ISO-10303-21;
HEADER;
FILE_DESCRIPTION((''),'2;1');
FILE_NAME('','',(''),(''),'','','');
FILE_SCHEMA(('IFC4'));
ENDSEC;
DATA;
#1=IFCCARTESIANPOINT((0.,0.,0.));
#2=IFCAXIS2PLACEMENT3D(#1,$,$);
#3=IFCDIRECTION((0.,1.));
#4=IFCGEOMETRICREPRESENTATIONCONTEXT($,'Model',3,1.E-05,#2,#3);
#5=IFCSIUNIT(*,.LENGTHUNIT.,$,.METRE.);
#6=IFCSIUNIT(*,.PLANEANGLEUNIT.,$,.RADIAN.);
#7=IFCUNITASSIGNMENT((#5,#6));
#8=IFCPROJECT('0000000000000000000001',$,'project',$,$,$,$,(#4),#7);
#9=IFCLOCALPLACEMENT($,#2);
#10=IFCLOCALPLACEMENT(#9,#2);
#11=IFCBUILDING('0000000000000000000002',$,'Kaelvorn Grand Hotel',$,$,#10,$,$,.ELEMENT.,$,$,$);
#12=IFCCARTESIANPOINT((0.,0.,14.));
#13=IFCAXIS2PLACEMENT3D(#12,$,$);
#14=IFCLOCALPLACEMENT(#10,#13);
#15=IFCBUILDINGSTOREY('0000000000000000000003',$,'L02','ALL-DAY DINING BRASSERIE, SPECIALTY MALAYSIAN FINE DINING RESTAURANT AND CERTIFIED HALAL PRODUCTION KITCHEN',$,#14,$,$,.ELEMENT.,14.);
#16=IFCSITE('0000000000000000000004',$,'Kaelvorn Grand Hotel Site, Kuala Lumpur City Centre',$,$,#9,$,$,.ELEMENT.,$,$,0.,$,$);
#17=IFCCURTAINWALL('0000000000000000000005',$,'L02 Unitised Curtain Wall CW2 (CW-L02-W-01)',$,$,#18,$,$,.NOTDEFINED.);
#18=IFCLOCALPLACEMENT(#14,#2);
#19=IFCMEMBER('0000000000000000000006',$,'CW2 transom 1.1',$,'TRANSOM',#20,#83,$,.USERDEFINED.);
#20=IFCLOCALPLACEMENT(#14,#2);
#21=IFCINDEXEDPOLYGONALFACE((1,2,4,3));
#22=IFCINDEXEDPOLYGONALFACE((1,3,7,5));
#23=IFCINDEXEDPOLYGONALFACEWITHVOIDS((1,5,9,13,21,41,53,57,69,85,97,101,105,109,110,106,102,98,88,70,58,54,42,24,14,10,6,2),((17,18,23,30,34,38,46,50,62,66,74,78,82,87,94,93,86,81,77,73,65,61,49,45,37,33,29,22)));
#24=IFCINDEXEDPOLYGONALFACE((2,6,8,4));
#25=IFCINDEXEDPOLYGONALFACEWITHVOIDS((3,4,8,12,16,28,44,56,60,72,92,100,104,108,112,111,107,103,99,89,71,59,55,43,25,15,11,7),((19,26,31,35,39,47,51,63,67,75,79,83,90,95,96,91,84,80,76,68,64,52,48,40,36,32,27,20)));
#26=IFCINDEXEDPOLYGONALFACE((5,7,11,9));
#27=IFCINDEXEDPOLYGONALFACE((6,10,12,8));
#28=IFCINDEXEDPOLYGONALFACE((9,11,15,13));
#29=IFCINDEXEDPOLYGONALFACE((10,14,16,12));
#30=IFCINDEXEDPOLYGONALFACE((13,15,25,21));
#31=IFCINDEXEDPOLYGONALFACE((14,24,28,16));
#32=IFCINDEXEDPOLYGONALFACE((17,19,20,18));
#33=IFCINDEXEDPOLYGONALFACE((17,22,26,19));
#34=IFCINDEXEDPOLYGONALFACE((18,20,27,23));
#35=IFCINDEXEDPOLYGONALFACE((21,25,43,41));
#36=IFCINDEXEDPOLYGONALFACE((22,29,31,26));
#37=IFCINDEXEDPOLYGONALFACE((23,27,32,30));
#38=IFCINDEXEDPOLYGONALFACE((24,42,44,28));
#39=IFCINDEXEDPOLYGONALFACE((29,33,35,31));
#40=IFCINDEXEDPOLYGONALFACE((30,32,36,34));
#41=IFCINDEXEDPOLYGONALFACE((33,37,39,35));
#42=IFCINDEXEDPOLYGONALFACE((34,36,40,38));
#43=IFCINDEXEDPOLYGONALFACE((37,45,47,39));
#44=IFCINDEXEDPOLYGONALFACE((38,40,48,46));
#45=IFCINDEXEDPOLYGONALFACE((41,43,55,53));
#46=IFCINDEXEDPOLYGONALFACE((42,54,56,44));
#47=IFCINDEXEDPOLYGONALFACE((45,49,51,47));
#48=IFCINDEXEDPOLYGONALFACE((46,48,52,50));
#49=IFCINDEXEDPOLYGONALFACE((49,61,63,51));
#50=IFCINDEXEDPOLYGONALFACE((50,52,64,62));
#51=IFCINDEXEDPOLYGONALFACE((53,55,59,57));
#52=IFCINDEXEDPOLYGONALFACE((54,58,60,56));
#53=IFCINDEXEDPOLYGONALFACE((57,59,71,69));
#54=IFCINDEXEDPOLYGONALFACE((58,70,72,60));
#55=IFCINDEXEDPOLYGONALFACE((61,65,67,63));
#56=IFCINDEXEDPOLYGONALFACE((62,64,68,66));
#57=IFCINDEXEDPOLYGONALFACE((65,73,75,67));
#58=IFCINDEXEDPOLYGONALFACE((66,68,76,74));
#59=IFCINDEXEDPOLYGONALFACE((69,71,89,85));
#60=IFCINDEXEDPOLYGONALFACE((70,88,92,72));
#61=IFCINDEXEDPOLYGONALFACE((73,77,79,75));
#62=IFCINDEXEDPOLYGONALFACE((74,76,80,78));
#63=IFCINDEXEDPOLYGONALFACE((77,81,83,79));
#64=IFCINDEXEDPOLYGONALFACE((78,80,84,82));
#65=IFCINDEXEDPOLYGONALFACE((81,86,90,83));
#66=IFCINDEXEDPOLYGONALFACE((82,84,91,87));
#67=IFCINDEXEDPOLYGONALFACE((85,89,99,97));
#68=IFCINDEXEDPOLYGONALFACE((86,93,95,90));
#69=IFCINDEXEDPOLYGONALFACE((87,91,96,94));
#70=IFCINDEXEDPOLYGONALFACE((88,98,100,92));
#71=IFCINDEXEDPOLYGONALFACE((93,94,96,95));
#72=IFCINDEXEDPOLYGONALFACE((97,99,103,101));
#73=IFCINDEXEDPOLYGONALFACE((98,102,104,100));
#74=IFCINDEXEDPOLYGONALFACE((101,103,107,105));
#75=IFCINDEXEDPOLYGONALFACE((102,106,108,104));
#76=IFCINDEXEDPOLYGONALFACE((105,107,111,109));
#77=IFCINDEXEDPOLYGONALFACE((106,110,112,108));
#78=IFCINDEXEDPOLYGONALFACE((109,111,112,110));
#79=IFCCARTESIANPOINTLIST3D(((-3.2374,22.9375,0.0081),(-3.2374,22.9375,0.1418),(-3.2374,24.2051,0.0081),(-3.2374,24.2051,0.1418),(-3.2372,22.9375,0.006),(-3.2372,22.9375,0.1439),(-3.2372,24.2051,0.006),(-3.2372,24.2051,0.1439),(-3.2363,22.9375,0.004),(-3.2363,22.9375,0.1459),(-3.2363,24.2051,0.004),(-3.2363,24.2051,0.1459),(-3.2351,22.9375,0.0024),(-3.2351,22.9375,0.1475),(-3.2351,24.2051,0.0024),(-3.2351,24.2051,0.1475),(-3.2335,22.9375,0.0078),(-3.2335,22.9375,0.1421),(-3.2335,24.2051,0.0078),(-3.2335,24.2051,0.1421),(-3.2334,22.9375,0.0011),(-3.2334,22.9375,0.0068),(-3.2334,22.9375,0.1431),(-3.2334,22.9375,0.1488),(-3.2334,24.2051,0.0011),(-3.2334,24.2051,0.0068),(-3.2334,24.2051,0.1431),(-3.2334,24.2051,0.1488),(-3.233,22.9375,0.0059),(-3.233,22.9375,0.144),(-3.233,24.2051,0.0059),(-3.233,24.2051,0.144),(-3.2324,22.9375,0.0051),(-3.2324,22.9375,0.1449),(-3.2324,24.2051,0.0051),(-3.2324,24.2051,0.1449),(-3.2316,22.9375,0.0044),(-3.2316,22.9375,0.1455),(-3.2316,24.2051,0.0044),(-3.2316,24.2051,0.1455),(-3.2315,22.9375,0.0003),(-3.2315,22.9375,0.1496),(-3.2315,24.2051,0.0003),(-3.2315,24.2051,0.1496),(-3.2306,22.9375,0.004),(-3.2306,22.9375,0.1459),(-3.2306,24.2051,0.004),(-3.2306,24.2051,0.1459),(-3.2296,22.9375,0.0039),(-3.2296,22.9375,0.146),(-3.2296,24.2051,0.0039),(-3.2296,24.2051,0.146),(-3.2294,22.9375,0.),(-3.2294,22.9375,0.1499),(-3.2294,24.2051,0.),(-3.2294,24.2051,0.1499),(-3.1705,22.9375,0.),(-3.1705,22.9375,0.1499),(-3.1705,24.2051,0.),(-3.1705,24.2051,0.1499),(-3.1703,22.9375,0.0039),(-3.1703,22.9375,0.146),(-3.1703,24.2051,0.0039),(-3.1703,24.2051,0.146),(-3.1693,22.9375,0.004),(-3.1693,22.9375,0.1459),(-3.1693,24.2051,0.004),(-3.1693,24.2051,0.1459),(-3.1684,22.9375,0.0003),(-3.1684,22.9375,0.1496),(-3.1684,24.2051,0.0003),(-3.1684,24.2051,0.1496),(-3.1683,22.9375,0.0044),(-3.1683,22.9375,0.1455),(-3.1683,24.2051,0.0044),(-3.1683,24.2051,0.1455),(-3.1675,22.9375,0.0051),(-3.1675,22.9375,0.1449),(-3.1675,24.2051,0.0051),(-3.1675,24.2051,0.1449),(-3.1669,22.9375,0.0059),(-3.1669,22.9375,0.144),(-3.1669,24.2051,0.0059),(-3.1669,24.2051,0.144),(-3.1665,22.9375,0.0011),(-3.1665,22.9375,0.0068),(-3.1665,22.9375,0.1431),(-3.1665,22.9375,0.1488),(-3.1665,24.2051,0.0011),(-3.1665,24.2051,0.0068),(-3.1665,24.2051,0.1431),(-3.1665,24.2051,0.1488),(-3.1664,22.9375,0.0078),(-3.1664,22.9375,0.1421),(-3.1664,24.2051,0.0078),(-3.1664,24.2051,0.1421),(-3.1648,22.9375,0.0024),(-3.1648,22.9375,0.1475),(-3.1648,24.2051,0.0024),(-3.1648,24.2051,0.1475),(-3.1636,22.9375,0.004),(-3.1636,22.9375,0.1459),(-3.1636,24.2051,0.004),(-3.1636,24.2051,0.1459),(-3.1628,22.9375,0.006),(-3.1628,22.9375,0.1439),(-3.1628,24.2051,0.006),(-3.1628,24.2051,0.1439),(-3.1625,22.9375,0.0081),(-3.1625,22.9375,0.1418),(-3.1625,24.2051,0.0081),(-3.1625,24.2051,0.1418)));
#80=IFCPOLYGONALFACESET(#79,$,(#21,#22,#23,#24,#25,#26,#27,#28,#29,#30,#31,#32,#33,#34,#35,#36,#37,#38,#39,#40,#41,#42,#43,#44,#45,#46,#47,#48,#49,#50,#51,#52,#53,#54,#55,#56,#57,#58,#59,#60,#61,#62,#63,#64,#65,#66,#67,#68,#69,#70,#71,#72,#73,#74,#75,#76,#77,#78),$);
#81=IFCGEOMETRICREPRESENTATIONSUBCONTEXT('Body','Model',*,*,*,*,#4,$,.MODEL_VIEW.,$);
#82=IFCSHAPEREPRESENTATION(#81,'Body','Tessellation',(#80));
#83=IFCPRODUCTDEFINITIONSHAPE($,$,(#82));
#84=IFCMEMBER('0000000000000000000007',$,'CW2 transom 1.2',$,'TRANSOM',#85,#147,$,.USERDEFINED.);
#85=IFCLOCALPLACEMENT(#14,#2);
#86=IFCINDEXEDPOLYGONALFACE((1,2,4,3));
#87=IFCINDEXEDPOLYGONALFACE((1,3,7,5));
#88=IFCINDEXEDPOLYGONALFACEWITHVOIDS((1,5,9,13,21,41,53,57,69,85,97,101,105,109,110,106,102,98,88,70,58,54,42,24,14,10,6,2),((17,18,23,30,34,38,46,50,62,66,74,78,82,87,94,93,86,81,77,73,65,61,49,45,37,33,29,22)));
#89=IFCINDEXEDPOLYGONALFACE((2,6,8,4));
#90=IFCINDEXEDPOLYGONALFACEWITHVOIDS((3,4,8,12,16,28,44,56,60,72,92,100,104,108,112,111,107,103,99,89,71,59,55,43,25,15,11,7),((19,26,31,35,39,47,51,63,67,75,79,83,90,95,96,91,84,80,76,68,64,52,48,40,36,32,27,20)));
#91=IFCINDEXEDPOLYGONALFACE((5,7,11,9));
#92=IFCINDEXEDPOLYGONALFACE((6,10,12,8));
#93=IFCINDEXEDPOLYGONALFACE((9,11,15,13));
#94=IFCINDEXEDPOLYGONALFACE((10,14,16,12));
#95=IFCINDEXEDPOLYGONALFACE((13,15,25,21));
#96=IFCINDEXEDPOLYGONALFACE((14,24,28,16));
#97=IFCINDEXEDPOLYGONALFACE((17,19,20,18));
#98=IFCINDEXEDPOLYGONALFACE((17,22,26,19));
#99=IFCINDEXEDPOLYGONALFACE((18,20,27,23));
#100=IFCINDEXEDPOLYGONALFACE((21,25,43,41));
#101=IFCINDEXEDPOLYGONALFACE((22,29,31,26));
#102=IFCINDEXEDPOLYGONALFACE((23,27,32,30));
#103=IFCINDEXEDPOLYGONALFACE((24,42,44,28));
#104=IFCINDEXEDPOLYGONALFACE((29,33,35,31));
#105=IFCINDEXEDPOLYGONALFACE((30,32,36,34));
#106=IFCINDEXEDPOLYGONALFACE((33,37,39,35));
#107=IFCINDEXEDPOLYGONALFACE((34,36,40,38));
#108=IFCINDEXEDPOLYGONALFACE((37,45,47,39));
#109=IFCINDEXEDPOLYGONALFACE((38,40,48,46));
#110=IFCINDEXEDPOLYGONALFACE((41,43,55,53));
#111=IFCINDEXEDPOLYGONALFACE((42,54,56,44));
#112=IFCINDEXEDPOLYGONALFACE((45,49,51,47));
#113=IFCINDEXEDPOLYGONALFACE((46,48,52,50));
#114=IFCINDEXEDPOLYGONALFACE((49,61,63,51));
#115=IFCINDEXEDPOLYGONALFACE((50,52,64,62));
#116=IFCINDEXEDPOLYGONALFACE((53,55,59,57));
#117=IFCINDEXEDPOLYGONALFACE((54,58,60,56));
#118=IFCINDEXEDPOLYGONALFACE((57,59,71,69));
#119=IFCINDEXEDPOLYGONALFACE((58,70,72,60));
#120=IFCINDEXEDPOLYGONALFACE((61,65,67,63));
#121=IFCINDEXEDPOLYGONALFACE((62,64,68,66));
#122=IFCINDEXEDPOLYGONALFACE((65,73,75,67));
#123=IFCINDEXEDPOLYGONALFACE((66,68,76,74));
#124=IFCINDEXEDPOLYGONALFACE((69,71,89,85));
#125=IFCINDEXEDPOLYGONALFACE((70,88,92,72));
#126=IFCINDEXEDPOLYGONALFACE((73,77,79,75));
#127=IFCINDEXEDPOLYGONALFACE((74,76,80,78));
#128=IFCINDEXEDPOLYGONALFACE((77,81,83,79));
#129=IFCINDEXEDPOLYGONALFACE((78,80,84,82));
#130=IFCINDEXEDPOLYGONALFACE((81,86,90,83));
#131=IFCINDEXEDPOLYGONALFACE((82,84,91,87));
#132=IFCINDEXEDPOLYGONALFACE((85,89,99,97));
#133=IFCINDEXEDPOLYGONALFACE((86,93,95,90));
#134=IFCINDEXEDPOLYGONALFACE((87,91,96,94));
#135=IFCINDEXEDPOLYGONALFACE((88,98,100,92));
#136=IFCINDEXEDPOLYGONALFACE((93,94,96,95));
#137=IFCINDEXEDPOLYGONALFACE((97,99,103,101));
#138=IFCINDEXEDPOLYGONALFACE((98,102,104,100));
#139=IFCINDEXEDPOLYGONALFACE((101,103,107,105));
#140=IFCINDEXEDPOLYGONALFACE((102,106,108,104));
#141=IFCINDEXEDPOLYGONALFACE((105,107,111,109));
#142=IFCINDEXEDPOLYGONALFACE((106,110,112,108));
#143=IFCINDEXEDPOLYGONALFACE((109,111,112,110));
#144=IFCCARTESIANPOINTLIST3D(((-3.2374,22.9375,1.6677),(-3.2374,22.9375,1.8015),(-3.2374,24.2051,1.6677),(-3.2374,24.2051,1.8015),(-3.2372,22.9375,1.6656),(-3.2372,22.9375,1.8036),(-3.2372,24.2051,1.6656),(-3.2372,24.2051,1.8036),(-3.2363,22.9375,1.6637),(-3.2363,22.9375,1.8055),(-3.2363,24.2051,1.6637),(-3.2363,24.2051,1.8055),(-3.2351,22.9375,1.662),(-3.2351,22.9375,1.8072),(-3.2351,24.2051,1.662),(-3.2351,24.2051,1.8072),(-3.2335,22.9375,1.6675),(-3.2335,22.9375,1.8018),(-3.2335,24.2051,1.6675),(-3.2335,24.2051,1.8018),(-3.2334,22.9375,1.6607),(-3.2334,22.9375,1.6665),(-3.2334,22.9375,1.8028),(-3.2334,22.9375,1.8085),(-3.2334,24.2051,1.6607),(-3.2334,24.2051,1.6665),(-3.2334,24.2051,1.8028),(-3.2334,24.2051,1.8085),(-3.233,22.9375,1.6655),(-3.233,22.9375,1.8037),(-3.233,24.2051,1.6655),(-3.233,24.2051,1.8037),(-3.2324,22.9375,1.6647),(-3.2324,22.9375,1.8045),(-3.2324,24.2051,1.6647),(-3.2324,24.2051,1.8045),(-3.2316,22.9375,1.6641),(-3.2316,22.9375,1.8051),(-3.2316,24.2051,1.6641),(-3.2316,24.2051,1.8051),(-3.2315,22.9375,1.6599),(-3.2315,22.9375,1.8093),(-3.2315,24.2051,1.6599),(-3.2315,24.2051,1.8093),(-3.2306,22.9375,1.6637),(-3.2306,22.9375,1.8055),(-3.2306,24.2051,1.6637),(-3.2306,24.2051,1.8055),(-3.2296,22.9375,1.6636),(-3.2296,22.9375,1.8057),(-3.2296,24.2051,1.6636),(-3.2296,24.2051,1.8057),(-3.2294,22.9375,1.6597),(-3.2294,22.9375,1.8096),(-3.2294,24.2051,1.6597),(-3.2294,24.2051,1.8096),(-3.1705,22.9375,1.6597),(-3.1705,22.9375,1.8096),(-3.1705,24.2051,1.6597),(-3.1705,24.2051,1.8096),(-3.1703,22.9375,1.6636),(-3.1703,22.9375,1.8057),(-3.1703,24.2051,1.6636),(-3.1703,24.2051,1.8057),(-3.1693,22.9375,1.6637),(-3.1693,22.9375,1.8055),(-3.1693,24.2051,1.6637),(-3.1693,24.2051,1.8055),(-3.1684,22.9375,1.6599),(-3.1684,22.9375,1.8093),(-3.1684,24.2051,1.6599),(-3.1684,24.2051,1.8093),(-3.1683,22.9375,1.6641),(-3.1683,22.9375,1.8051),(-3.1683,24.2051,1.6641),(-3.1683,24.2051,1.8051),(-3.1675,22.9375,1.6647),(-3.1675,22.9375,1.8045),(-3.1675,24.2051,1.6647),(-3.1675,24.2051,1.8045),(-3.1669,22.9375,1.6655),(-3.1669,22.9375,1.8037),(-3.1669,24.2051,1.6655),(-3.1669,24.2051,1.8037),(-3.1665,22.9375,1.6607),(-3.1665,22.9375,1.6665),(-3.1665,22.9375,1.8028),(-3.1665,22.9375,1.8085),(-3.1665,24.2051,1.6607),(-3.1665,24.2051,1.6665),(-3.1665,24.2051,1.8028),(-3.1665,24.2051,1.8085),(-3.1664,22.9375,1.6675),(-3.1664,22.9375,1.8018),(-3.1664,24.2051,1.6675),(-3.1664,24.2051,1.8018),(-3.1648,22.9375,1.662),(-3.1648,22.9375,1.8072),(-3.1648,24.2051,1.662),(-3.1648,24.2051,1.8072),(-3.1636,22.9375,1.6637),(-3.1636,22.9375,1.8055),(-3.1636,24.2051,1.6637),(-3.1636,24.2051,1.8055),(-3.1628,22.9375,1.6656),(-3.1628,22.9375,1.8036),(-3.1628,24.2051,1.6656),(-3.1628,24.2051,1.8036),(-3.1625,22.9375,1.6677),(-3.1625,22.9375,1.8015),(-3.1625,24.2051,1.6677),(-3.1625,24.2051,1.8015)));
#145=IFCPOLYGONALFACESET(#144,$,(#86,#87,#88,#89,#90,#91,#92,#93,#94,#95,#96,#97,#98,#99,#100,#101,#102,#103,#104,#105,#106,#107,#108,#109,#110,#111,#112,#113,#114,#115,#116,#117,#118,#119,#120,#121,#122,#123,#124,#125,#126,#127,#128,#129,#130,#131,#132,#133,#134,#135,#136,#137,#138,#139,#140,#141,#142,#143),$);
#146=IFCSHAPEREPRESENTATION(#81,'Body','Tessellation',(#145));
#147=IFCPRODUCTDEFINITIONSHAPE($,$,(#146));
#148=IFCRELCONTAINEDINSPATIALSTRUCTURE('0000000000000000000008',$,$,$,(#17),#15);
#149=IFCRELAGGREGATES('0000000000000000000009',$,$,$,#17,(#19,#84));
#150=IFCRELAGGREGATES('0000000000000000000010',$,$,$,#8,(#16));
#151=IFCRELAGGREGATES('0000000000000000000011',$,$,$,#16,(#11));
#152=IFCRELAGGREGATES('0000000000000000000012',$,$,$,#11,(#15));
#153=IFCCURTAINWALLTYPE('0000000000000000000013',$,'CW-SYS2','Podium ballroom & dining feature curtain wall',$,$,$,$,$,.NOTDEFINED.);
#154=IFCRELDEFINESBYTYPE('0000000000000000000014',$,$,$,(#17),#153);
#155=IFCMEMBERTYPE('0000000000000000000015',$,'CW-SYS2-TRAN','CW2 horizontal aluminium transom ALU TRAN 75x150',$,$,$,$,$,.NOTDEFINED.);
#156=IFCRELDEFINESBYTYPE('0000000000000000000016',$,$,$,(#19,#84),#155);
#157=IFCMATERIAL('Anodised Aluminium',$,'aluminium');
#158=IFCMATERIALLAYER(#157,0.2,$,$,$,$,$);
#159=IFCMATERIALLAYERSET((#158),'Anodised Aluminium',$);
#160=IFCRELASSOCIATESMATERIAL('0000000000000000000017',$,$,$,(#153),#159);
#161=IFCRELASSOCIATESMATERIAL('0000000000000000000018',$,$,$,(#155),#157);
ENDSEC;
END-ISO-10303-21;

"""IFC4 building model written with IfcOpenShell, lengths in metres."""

from ifc_helpers import new_model, si_unit, direction, frame, origin, origin_2d, place, context, subcontext, project, spatial, hollow_rectangle, extrude, material, layer, layer_set, material_profile, profile_set, type_object, element, aggregate, save


model = new_model("IFC4")

# Units and contexts
model_context = context("Model", 3, precision=1e-05, world=origin(), true_north=direction((0.0, 1.0)))
body_context = subcontext(model_context, "Body", "Model", "MODEL_VIEW")
ifc_project = project(units=[si_unit("LENGTHUNIT", "METRE"), si_unit("PLANEANGLEUNIT", "RADIAN")], contexts=[model_context])

# Site, building, storey
site_placement = place(None, origin())
site = spatial("IfcSite", under=ifc_project, at=site_placement, Name="Kaelvorn Grand Hotel Site, Kuala Lumpur City Centre", CompositionType="ELEMENT", RefElevation=0.0)
building_placement = place(site_placement, origin())
building = spatial("IfcBuilding", under=site, at=building_placement, Name="Kaelvorn Grand Hotel", CompositionType="ELEMENT")
storey_placement = place(building_placement, frame((0.0, 0.0, 14.0)))
storey = spatial("IfcBuildingStorey", under=building, at=storey_placement, Name="L02", Description="ALL-DAY DINING BRASSERIE, SPECIALTY MALAYSIAN FINE DINING RESTAURANT AND CERTIFIED HALAL PRODUCTION KITCHEN", CompositionType="ELEMENT", Elevation=14.0)

# Shared definitions
ifc_material_1 = material(Name="Anodised Aluminium", Category="aluminium")
ifc_layer_1 = layer(ifc_material_1, 0.2)
ifc_layer_set_1 = layer_set([ifc_layer_1], Name="Anodised Aluminium")
curtain_wall_type = type_object("IfcCurtainWallType", Name="CW-SYS2", Description="Podium ballroom & dining feature curtain wall", PredefinedType="NOTDEFINED", material=ifc_layer_set_1)

# Curtain wall
curtain_wall_1_placement = place(storey_placement, origin())
curtain_wall_1 = element("IfcCurtainWall", 1, at=curtain_wall_1_placement, inside=storey, type_object=curtain_wall_type, Name="L02 Unitised Curtain Wall CW2 (CW-L02-W-01)", PredefinedType="NOTDEFINED")

# Members
ifc_material_profile_1 = material_profile(ifc_material_1, hollow_rectangle(XDim=0.075, YDim=0.1499, WallThickness=0.0039, InnerFilletRadius=0.0039, OuterFilletRadius=0.0081, at=origin_2d()), Name="ALU TRAN 75x150")
ifc_profile_set_1 = profile_set([ifc_material_profile_1], Name="Anodised Aluminium")
member_type_1 = type_object("IfcMemberType", Name="CW-SYS2-TRAN", Description="CW2 horizontal aluminium transom ALU TRAN 75x150", PredefinedType="NOTDEFINED", material=ifc_profile_set_1)
member_1_placement = place(storey_placement, frame((-3.2, 24.2051, 0.075), z_axis=(0.0, -1.0, 0.0), x_axis=(1.0, 0.0, 0.0)))
member_1 = element("IfcMember", 2, at=member_1_placement, type_object=member_type_1, Name="CW2 transom 1.1", ObjectType="TRANSOM", PredefinedType="USERDEFINED", context=body_context, shape_type="SweptSolid", body=[
    extrude(hollow_rectangle(XDim=0.075, YDim=0.1499, WallThickness=0.0039, InnerFilletRadius=0.0039, OuterFilletRadius=0.0081, at=origin_2d()), origin(), (0.0, 0.0, 1.0), 1.2676),
])
member_2_placement = place(storey_placement, frame((-3.2, 24.2051, 1.7346), z_axis=(0.0, -1.0, 0.0), x_axis=(1.0, 0.0, 0.0)))
member_2 = element("IfcMember", 3, at=member_2_placement, type_object=member_type_1, Name="CW2 transom 1.2", ObjectType="TRANSOM", PredefinedType="USERDEFINED", context=body_context, shape_type="SweptSolid", body=[
    extrude(hollow_rectangle(XDim=0.075, YDim=0.1499, WallThickness=0.0039, InnerFilletRadius=0.0039, OuterFilletRadius=0.0081, at=origin_2d()), origin(), (0.0, 0.0, 1.0), 1.2676),
])

aggregate(curtain_wall_1, [member_1, member_2])

save(model, "model.ifc")
